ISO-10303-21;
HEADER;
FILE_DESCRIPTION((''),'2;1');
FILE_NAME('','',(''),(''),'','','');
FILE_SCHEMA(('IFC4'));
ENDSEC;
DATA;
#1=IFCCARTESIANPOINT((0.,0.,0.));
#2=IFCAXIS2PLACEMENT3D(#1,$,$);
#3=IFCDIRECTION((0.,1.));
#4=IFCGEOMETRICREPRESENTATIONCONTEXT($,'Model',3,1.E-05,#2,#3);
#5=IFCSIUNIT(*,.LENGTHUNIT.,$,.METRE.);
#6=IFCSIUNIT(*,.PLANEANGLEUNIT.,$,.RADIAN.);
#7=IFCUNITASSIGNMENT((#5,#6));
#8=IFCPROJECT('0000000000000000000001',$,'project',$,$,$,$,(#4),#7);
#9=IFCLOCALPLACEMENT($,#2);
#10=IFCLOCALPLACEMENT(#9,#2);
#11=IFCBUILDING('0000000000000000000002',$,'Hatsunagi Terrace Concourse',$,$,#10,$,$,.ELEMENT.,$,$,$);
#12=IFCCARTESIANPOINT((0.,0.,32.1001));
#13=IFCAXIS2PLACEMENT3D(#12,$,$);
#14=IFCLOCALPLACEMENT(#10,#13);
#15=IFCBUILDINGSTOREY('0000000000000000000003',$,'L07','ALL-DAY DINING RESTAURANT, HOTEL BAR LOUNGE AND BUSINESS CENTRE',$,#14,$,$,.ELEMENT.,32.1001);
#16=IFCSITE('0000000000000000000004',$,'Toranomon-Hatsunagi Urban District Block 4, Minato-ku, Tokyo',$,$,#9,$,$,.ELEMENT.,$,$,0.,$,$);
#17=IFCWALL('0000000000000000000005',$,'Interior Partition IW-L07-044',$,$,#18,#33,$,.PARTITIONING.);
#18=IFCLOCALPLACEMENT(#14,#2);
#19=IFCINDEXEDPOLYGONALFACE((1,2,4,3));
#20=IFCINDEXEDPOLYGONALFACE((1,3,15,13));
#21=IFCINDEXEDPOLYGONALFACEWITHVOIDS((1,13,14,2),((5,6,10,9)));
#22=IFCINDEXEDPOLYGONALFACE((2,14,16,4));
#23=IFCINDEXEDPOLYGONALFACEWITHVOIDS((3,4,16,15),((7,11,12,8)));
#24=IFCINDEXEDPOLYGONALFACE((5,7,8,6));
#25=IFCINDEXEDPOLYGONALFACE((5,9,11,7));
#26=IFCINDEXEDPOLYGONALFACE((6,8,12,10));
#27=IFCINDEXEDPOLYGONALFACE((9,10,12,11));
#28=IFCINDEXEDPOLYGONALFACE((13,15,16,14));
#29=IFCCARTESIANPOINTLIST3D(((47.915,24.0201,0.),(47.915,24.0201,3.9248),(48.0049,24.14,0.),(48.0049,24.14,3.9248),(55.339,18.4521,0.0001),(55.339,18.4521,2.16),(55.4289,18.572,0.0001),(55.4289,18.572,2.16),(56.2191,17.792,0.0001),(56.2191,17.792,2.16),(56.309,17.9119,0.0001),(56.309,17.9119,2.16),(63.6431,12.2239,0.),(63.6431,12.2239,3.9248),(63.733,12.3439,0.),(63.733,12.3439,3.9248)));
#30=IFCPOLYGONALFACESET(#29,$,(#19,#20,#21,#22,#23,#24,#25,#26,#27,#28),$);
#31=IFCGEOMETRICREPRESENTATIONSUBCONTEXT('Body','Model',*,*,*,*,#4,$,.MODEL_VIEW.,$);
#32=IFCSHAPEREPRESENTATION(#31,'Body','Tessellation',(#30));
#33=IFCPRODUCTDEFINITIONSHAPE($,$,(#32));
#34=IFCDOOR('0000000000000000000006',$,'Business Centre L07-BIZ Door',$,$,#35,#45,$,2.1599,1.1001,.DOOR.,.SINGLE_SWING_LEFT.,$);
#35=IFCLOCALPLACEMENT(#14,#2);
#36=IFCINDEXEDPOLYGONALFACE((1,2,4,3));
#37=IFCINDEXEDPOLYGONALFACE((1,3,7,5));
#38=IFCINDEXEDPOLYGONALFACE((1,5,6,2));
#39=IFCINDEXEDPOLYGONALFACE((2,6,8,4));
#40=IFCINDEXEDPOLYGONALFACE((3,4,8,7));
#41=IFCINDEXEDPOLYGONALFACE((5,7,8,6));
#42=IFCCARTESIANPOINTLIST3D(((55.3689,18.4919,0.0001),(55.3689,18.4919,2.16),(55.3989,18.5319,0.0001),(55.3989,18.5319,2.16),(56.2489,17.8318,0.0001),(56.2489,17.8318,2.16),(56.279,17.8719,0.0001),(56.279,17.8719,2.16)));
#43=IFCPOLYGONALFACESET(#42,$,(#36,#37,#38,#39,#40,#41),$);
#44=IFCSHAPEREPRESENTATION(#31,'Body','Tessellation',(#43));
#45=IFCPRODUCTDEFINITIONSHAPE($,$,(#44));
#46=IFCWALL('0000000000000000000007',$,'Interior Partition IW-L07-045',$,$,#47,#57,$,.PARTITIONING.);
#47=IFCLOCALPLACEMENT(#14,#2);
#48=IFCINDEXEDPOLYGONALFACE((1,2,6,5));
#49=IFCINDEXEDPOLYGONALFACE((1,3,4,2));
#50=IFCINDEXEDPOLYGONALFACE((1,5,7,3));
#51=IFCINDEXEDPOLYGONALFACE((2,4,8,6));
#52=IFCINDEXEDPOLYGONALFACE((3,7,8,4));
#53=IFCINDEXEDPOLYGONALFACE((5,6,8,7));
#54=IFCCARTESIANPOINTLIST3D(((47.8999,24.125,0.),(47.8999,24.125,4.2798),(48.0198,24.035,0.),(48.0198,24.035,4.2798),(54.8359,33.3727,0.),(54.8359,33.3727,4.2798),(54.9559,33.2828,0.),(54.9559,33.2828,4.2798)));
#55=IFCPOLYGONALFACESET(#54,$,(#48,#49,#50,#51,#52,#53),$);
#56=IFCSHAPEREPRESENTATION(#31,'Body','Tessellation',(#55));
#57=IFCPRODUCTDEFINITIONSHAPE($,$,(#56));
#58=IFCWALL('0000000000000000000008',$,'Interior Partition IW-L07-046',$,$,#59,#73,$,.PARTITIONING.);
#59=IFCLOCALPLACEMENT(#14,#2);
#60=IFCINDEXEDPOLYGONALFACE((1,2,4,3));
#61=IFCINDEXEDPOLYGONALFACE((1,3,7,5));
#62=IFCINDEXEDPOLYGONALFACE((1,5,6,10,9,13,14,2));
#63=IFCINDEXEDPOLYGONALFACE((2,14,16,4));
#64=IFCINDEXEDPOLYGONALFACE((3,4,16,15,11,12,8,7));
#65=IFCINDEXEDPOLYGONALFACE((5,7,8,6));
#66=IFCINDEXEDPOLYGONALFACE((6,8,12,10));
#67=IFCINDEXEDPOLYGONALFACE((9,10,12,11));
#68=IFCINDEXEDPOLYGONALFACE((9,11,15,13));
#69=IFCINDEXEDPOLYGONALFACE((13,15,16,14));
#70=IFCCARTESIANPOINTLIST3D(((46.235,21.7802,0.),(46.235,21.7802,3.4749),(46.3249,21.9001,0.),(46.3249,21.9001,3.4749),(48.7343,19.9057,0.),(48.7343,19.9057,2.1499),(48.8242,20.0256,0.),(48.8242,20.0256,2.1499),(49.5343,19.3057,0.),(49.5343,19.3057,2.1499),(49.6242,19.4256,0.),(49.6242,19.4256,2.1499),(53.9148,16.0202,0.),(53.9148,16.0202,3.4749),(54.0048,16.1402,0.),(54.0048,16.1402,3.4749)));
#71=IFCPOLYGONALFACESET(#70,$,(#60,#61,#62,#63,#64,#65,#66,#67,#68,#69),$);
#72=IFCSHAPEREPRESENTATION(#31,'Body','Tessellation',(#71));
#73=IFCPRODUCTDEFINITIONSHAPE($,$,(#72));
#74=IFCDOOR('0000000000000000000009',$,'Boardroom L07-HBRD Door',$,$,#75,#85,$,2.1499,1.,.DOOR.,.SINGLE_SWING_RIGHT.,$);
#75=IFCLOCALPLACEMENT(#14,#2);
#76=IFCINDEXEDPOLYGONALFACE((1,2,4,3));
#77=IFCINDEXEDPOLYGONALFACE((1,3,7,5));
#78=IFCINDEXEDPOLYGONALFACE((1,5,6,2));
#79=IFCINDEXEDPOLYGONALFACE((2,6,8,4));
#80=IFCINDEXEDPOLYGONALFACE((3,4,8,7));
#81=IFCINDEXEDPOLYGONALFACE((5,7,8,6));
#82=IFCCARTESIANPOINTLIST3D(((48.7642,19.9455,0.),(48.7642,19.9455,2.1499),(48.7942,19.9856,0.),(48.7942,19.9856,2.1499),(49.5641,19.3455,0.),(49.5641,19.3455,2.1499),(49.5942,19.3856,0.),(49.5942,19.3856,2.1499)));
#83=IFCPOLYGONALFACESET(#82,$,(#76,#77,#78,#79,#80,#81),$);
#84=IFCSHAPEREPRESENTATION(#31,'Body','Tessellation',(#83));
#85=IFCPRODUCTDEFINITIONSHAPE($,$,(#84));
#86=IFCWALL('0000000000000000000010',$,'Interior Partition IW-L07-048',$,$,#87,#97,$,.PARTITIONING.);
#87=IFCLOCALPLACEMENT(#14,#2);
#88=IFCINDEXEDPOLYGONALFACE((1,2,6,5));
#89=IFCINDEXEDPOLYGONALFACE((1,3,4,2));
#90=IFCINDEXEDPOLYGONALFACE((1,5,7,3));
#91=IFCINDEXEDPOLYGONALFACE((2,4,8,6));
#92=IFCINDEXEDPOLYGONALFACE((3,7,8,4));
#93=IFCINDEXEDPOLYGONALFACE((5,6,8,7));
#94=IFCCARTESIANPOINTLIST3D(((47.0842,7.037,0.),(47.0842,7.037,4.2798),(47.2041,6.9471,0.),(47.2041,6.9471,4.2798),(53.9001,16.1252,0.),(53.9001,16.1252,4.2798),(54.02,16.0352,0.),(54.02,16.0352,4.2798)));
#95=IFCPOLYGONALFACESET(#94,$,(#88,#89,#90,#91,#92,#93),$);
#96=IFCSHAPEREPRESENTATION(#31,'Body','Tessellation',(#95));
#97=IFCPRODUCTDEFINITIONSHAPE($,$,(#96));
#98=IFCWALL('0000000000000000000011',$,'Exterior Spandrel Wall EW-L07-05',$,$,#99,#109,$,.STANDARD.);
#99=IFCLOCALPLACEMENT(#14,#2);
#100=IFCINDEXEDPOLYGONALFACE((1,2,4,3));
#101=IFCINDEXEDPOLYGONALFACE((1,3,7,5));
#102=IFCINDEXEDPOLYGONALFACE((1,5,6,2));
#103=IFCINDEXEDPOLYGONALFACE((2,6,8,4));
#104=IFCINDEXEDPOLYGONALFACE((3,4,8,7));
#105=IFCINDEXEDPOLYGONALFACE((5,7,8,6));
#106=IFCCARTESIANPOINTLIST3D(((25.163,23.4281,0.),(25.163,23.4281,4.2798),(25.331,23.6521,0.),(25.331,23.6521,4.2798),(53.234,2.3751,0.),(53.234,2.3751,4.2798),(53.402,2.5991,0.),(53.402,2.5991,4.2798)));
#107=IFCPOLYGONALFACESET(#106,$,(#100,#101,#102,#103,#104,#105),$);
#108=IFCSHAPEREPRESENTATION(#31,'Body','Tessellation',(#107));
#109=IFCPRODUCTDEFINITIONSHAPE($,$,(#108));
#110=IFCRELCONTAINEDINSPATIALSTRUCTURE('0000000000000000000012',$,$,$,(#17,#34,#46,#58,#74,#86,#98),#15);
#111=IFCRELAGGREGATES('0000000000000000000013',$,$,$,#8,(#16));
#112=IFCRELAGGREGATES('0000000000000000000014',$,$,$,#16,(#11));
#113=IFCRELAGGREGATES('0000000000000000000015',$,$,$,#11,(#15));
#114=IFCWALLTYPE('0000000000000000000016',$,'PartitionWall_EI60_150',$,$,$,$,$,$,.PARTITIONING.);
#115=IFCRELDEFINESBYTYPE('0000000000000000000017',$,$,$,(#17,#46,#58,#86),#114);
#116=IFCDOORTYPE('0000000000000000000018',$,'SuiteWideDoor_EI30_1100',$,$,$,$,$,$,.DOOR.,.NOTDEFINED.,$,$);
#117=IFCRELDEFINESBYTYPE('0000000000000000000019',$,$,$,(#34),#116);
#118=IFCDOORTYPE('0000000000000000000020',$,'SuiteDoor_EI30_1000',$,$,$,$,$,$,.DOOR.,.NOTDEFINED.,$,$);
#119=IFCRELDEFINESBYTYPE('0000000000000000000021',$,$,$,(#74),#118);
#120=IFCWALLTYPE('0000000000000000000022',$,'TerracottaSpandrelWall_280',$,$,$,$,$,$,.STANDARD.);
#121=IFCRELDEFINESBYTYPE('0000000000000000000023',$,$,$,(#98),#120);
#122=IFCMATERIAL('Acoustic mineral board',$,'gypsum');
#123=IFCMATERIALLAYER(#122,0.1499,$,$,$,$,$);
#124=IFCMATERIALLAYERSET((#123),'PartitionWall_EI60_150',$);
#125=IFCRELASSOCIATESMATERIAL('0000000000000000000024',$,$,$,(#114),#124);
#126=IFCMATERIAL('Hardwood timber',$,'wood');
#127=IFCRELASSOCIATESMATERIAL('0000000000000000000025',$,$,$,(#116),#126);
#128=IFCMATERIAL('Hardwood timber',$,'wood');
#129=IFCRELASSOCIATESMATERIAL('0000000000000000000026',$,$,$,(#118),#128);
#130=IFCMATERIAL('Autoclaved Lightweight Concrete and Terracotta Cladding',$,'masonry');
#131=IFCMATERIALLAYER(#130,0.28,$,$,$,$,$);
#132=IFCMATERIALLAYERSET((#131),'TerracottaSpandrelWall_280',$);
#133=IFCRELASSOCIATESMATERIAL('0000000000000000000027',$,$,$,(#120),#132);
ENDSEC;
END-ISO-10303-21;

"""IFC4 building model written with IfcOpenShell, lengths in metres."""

from ifc_helpers import new_model, si_unit, direction, frame, frame_2d, origin, place, context, subcontext, project, spatial, rectangle, extrude, material, layer, layer_set, type_object, element, fill, save


model = new_model("IFC4")

# Units and contexts
model_context = context("Model", 3, precision=1e-05, world=origin(), true_north=direction((0.0, 1.0)))
body_context = subcontext(model_context, "Body", "Model", "MODEL_VIEW")
ifc_project = project(units=[si_unit("LENGTHUNIT", "METRE"), si_unit("PLANEANGLEUNIT", "RADIAN")], contexts=[model_context])

# Site, building, storey
site_placement = place(None, origin())
site = spatial("IfcSite", under=ifc_project, at=site_placement, Name="Toranomon-Hatsunagi Urban District Block 4, Minato-ku, Tokyo", CompositionType="ELEMENT", RefElevation=0.0)
building_placement = place(site_placement, origin())
building = spatial("IfcBuilding", under=site, at=building_placement, Name="Hatsunagi Terrace Concourse", CompositionType="ELEMENT")
storey_placement = place(building_placement, frame((0.0, 0.0, 32.1001)))
storey = spatial("IfcBuildingStorey", under=building, at=storey_placement, Name="L07", Description="ALL-DAY DINING RESTAURANT, HOTEL BAR LOUNGE AND BUSINESS CENTRE", CompositionType="ELEMENT", Elevation=32.1001)

# Wall, opening, door
ifc_material_1 = material(Name="Acoustic mineral board", Category="gypsum")
ifc_layer_1 = layer(ifc_material_1, 0.1499)
ifc_layer_set_1 = layer_set([ifc_layer_1], Name="PartitionWall_EI60_150")
wall_type_1 = type_object("IfcWallType", Name="PartitionWall_EI60_150", PredefinedType="PARTITIONING", material=ifc_layer_set_1)
wall_1_placement = place(storey_placement, frame((47.96, 24.0801, 0.0), z_axis=(0.0, 0.0, 1.0), x_axis=(0.799997, -0.600004, 0.0)))
wall_1 = element("IfcWall", 1, at=wall_1_placement, inside=storey, type_object=wall_type_1, Name="Interior Partition IW-L07-044", PredefinedType="PARTITIONING", context=body_context, shape_type="SweptSolid", body=[
    extrude(rectangle(XDim=19.6602, YDim=0.1499, at=frame_2d((9.8301, 0.0))), origin(), (0.0, 0.0, 1.0), 3.9248),
])
opening_1_placement = place(wall_1_placement, frame((9.28, 0.0, 0.0)))
opening_1 = element("IfcOpeningElement", 2, at=opening_1_placement, cuts=wall_1, PredefinedType="OPENING", context=body_context, shape_type="SweptSolid", body=[
    extrude(rectangle(XDim=1.1001, YDim=2.1599, at=frame_2d((0.55, 1.0801))), frame((0.0, 0.085, 0.0), z_axis=(0.0, -1.0, 0.0), x_axis=(1.0, 0.0, 0.0)), (0.0, 0.0, 1.0), 0.1699),
])
ifc_material_2 = material(Name="Hardwood timber", Category="wood")
door_type_1 = type_object("IfcDoorType", Name="SuiteWideDoor_EI30_1100", OperationType="NOTDEFINED", PredefinedType="DOOR", material=ifc_material_2)
door_1_placement = place(opening_1_placement, origin())
door_1 = element("IfcDoor", 3, at=door_1_placement, inside=storey, type_object=door_type_1, Name="Business Centre L07-BIZ Door", OperationType="SINGLE_SWING_LEFT", OverallHeight=2.1599, OverallWidth=1.1001, PredefinedType="DOOR", context=body_context, shape_type="SweptSolid", body=[
    extrude(rectangle(XDim=1.1001, YDim=2.1599, at=frame_2d((0.55, 1.0801))), frame((0.0, 0.0249, 0.0), z_axis=(0.0, -1.0, 0.0), x_axis=(1.0, 0.0, 0.0)), (0.0, 0.0, 1.0), 0.05),
])
fill(opening_1, door_1)

# Wall
wall_2_placement = place(storey_placement, frame((47.96, 24.0801, 0.0), z_axis=(0.0, 0.0, 1.0), x_axis=(0.60001, 0.799992, 0.0)))
element("IfcWall", 4, at=wall_2_placement, inside=storey, type_object=wall_type_1, Name="Interior Partition IW-L07-045", PredefinedType="PARTITIONING", context=body_context, shape_type="SweptSolid", body=[
    extrude(rectangle(XDim=11.5598, YDim=0.1499, at=frame_2d((5.7798, 0.0))), origin(), (0.0, 0.0, 1.0), 4.2798),
])

# Wall, opening, door
wall_3_placement = place(storey_placement, frame((46.28, 21.8401, 0.0), z_axis=(0.0, 0.0, 1.0), x_axis=(0.799997, -0.600004, 0.0)))
wall_3 = element("IfcWall", 5, at=wall_3_placement, inside=storey, type_object=wall_type_1, Name="Interior Partition IW-L07-046", PredefinedType="PARTITIONING", context=body_context, shape_type="SweptSolid", body=[
    extrude(rectangle(XDim=9.5999, YDim=0.1499, at=frame_2d((4.7998, 0.0))), origin(), (0.0, 0.0, 1.0), 3.4749),
])
opening_2_placement = place(wall_3_placement, frame((3.124, 0.0, 0.0)))
opening_2 = element("IfcOpeningElement", 6, at=opening_2_placement, cuts=wall_3, PredefinedType="OPENING", context=body_context, shape_type="SweptSolid", body=[
    extrude(rectangle(XDim=1.0, YDim=2.1499, at=frame_2d((0.5, 1.075))), frame((0.0, 0.085, 0.0), z_axis=(0.0, -1.0, 0.0), x_axis=(1.0, 0.0, 0.0)), (0.0, 0.0, 1.0), 0.1699),
])
ifc_material_3 = material(Name="Hardwood timber", Category="wood")
door_type_2 = type_object("IfcDoorType", Name="SuiteDoor_EI30_1000", OperationType="NOTDEFINED", PredefinedType="DOOR", material=ifc_material_3)
door_2_placement = place(opening_2_placement, origin())
door_2 = element("IfcDoor", 7, at=door_2_placement, inside=storey, type_object=door_type_2, Name="Boardroom L07-HBRD Door", OperationType="SINGLE_SWING_RIGHT", OverallHeight=2.1499, OverallWidth=1.0, PredefinedType="DOOR", context=body_context, shape_type="SweptSolid", body=[
    extrude(rectangle(XDim=1.0, YDim=2.1499, at=frame_2d((0.5, 1.075))), frame((0.0, 0.0249, 0.0), z_axis=(0.0, -1.0, 0.0), x_axis=(1.0, 0.0, 0.0)), (0.0, 0.0, 1.0), 0.05),
])
fill(opening_2, door_2)

# Walls
wall_4_placement = place(storey_placement, frame((47.144, 6.9919, 0.0), z_axis=(0.0, 0.0, 1.0), x_axis=(0.59999, 0.800008, 0.0)))
element("IfcWall", 8, at=wall_4_placement, inside=storey, type_object=wall_type_1, Name="Interior Partition IW-L07-048", PredefinedType="PARTITIONING", context=body_context, shape_type="SweptSolid", body=[
    extrude(rectangle(XDim=11.3601, YDim=0.1499, at=frame_2d((5.6802, 0.0))), origin(), (0.0, 0.0, 1.0), 4.2798),
])
ifc_material_4 = material(Name="Autoclaved Lightweight Concrete and Terracotta Cladding", Category="masonry")
ifc_layer_2 = layer(ifc_material_4, 0.28)
ifc_layer_set_2 = layer_set([ifc_layer_2], Name="TerracottaSpandrelWall_280")
wall_type_2 = type_object("IfcWallType", Name="TerracottaSpandrelWall_280", PredefinedType="STANDARD", material=ifc_layer_set_2)
wall_5_placement = place(storey_placement, frame((53.3181, 2.4871, 0.0), z_axis=(0.0, 0.0, 1.0), x_axis=(-0.800004, 0.599994, 0.0)))
element("IfcWall", 9, at=wall_5_placement, inside=storey, type_object=wall_type_2, Name="Exterior Spandrel Wall EW-L07-05", PredefinedType="STANDARD", context=body_context, shape_type="SweptSolid", body=[
    extrude(rectangle(XDim=35.0886, YDim=0.28, at=frame_2d((17.5444, 0.0))), origin(), (0.0, 0.0, 1.0), 4.2798),
])

save(model, "model.ifc")
